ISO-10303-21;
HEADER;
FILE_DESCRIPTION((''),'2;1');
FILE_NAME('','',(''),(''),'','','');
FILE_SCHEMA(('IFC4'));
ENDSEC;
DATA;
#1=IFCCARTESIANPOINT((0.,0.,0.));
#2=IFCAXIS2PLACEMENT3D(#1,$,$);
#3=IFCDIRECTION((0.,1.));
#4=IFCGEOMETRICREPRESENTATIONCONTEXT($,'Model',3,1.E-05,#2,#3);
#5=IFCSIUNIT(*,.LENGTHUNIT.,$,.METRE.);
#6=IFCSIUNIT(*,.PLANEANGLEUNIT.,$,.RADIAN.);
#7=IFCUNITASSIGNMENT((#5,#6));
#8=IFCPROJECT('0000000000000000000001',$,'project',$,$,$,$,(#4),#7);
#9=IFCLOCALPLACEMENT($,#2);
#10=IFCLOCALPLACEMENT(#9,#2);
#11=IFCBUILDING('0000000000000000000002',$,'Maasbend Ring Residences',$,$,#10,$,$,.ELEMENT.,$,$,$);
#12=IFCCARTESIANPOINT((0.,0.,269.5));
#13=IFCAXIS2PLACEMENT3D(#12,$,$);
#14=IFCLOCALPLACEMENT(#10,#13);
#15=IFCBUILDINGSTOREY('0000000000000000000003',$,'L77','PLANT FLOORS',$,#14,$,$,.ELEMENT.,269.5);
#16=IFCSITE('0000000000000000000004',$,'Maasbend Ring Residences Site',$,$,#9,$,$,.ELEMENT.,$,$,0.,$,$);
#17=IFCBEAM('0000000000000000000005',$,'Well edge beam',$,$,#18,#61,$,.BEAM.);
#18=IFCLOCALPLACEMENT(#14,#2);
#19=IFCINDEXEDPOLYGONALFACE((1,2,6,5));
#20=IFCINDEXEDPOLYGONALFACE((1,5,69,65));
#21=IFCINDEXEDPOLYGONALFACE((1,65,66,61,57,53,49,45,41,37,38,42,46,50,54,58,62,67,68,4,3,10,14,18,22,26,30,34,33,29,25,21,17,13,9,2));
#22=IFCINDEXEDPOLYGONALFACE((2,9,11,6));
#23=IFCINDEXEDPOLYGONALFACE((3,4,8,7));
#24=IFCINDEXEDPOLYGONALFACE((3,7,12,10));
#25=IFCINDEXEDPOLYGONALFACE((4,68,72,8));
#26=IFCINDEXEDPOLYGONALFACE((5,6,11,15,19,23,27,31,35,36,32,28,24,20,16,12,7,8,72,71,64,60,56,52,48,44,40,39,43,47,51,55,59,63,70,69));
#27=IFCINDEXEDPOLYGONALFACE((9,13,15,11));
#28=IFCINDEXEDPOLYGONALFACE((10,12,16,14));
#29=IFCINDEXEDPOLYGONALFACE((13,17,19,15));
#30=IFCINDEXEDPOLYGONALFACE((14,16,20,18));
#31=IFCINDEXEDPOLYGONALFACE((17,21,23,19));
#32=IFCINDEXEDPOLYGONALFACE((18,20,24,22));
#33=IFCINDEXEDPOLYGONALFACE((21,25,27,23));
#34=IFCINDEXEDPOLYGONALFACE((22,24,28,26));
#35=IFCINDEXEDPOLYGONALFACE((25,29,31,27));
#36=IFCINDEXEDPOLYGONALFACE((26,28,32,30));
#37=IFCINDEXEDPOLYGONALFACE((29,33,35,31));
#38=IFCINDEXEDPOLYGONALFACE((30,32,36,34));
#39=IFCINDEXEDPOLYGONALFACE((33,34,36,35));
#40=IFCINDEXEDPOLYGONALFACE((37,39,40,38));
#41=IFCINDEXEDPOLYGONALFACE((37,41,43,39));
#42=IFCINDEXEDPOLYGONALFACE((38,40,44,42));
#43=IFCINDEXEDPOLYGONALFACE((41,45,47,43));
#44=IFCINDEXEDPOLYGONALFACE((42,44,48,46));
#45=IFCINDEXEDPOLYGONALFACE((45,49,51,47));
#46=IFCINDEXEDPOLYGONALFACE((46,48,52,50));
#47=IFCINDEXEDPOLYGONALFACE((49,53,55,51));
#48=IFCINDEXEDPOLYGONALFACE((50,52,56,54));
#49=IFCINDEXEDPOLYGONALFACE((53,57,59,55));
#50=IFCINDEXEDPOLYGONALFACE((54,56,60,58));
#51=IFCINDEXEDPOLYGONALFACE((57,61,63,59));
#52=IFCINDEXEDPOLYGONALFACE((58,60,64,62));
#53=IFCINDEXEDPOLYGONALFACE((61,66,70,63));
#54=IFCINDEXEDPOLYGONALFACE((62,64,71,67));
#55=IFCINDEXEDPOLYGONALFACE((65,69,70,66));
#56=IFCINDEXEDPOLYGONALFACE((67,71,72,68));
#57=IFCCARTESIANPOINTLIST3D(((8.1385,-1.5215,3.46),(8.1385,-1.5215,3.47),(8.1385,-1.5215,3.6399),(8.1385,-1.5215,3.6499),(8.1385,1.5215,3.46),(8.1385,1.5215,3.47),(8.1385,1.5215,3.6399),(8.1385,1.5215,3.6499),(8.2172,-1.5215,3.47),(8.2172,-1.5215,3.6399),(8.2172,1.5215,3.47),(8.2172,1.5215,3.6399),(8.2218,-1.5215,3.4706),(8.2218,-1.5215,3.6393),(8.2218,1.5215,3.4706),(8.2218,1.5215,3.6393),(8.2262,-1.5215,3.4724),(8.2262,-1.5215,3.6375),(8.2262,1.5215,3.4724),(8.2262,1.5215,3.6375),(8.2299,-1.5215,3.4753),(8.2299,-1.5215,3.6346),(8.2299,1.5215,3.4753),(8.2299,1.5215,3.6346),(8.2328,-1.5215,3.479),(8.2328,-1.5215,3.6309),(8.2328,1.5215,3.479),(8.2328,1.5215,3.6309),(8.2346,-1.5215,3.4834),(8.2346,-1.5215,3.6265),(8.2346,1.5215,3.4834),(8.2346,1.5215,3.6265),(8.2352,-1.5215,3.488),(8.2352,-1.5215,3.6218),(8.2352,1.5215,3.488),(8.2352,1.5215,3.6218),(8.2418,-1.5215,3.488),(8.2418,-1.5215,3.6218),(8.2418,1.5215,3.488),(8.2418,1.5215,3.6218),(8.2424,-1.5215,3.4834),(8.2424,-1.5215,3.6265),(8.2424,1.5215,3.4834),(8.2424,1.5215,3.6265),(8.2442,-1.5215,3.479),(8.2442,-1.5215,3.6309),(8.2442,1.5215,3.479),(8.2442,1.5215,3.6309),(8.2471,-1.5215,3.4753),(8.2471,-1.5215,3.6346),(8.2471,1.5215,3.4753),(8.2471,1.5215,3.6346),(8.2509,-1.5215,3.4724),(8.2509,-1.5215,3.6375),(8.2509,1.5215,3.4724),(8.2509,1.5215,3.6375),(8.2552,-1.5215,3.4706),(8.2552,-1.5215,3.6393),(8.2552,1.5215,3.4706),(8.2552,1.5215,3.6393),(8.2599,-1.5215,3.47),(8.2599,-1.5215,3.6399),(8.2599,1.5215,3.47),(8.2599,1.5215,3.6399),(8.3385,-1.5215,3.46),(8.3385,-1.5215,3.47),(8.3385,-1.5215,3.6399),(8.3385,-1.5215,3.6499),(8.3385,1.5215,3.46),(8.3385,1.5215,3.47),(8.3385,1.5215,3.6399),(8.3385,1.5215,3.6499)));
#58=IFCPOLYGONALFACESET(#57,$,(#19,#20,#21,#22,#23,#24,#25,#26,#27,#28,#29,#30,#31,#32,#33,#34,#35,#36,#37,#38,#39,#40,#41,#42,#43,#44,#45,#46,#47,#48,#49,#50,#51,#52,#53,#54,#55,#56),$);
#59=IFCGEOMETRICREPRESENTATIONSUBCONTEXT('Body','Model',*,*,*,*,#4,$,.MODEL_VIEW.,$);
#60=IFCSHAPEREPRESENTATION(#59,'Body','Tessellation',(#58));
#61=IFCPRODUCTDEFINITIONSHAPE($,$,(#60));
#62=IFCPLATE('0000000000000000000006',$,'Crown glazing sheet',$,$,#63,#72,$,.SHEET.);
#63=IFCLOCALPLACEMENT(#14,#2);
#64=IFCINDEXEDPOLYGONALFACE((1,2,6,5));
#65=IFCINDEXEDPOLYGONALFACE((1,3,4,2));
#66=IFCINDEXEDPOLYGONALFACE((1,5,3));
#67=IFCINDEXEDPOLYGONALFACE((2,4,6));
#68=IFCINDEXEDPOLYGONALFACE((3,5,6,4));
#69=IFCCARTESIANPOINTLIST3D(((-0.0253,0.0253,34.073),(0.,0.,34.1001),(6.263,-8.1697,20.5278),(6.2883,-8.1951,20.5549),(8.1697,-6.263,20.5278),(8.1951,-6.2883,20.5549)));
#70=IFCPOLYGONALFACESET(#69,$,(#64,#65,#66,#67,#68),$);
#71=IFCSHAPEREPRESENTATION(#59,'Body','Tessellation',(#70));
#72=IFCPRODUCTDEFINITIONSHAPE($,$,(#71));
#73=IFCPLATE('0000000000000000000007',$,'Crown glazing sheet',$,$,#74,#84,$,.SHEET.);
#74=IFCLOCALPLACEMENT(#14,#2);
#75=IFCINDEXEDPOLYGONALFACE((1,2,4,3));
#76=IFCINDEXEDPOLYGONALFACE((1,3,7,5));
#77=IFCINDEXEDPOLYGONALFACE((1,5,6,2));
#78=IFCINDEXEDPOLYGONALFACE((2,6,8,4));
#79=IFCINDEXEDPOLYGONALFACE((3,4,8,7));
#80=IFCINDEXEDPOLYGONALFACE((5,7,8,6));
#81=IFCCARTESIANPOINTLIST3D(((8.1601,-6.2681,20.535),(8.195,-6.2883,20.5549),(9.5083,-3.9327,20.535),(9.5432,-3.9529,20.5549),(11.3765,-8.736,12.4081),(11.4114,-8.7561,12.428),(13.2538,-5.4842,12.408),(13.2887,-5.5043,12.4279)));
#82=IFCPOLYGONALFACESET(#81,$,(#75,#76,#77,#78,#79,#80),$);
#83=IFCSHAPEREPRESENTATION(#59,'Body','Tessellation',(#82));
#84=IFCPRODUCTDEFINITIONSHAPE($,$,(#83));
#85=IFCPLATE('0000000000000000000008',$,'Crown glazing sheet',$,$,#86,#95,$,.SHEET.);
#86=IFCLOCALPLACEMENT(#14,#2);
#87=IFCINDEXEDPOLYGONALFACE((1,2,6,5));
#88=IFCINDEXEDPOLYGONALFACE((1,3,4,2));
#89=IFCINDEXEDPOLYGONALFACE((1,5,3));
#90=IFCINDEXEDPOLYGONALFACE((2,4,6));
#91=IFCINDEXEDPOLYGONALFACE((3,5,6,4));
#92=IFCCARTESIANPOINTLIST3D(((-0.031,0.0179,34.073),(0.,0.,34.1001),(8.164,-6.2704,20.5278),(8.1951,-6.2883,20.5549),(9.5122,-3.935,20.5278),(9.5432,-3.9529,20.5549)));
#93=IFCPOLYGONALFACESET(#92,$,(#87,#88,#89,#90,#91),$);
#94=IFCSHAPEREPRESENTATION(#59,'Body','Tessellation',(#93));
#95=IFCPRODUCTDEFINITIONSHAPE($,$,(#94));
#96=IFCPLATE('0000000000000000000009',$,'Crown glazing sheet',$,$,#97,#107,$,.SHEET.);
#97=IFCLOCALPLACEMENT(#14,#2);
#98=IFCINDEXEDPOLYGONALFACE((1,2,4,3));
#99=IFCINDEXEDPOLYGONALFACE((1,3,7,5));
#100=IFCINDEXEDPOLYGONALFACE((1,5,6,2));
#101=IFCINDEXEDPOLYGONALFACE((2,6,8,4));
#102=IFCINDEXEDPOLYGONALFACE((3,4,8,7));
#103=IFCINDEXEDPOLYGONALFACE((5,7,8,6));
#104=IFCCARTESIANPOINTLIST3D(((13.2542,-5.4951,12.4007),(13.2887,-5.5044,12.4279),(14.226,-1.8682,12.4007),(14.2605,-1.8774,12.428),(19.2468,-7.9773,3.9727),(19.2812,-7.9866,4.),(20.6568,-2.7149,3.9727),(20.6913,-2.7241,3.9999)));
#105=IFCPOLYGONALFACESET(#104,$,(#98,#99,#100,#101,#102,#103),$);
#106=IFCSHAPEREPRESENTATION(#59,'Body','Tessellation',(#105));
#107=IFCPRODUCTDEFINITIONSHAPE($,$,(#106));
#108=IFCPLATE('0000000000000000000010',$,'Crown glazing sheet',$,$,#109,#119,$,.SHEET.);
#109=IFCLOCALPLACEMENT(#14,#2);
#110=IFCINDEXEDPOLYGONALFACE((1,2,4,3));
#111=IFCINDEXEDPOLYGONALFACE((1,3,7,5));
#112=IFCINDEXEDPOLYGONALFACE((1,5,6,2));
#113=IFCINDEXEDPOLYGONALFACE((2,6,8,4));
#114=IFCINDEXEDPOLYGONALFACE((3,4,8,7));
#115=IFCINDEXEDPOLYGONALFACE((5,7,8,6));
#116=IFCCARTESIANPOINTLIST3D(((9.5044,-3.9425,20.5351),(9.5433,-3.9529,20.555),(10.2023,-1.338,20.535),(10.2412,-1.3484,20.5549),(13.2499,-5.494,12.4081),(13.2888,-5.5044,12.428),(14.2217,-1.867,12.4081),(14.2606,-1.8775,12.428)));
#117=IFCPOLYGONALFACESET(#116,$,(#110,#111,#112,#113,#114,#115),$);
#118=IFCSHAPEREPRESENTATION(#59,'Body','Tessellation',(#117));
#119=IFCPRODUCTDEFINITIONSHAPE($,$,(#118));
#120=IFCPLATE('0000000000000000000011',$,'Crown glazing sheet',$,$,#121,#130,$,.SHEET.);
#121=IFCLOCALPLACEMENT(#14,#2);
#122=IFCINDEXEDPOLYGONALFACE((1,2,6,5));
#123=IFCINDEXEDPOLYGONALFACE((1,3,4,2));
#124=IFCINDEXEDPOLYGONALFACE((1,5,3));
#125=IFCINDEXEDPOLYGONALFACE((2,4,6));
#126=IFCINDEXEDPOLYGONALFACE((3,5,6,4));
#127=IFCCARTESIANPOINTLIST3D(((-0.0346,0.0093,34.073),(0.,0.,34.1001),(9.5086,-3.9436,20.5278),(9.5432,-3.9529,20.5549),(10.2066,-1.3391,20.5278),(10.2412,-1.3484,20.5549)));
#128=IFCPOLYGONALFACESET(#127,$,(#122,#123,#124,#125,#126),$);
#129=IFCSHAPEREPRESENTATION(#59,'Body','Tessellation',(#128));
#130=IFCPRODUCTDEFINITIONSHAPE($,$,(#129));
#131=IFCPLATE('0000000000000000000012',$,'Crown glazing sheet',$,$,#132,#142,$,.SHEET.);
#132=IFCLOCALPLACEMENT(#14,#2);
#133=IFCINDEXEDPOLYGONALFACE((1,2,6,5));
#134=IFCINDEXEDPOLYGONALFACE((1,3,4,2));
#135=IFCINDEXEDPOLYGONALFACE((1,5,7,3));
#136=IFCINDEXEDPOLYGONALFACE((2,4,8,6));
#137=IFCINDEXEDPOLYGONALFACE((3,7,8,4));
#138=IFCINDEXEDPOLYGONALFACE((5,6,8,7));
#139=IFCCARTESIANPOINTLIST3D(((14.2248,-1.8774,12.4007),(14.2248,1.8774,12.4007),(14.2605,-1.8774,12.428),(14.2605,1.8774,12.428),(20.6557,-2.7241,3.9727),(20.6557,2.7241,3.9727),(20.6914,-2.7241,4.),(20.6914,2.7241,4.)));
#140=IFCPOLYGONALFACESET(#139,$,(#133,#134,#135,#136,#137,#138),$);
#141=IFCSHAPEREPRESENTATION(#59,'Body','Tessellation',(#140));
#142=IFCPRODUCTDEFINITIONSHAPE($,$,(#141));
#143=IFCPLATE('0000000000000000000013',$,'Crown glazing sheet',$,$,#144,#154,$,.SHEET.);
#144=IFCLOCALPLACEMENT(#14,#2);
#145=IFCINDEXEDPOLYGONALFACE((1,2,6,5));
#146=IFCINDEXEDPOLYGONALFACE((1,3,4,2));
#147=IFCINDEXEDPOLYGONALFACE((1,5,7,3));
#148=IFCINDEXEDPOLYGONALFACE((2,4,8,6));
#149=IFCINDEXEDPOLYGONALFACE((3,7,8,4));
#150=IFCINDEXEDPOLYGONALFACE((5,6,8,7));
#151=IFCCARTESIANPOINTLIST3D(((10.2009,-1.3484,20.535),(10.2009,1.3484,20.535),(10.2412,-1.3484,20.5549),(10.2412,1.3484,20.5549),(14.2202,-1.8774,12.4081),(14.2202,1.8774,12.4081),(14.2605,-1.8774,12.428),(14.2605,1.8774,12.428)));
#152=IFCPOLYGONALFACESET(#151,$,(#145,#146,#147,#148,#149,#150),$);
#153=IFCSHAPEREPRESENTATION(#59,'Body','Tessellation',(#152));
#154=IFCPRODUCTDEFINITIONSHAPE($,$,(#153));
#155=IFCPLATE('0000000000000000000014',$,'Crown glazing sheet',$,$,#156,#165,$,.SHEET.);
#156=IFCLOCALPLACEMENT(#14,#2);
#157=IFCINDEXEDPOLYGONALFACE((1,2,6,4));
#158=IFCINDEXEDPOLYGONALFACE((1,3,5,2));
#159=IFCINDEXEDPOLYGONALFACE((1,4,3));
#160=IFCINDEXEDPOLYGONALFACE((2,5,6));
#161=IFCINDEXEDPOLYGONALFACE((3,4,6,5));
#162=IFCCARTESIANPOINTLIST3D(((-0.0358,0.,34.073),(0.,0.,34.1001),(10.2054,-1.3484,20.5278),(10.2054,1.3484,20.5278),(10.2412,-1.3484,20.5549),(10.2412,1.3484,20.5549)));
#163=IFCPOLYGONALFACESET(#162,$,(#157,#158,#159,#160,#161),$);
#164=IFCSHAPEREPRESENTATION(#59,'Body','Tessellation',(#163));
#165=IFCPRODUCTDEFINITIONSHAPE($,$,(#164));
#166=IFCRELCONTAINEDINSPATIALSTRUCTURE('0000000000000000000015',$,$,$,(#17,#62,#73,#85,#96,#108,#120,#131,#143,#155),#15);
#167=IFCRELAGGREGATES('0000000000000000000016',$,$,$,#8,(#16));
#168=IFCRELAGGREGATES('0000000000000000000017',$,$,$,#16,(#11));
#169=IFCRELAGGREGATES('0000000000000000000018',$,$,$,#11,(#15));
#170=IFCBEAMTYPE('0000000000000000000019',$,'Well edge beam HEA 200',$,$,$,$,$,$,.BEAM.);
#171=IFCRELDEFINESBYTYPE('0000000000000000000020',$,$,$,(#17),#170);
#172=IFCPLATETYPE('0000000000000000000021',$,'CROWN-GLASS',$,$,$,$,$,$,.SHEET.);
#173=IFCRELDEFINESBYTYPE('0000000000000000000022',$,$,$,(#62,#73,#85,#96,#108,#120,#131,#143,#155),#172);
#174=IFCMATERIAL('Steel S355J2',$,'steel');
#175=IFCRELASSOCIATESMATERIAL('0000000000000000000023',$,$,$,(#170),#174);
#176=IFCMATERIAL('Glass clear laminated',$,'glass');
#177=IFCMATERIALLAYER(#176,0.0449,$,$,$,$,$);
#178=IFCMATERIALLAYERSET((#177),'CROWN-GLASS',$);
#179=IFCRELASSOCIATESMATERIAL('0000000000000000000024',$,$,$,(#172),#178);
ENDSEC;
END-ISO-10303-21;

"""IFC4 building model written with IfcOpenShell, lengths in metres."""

from ifc_helpers import new_model, si_unit, direction, frame, origin, origin_2d, place, context, subcontext, project, spatial, polyline, i_section, outline, extrude, material, layer, layer_set, material_profile, profile_set, type_object, element, save


model = new_model("IFC4")

# Units and contexts
model_context = context("Model", 3, precision=1e-05, world=origin(), true_north=direction((0.0, 1.0)))
body_context = subcontext(model_context, "Body", "Model", "MODEL_VIEW")
ifc_project = project(units=[si_unit("LENGTHUNIT", "METRE"), si_unit("PLANEANGLEUNIT", "RADIAN")], contexts=[model_context])

# Site, building, storey
site_placement = place(None, origin())
site = spatial("IfcSite", under=ifc_project, at=site_placement, Name="Maasbend Ring Residences Site", CompositionType="ELEMENT", RefElevation=0.0)
building_placement = place(site_placement, origin())
building = spatial("IfcBuilding", under=site, at=building_placement, Name="Maasbend Ring Residences", CompositionType="ELEMENT")
storey_placement = place(building_placement, frame((0.0, 0.0, 269.5)))
storey = spatial("IfcBuildingStorey", under=building, at=storey_placement, Name="L77", Description="PLANT FLOORS", CompositionType="ELEMENT", Elevation=269.5)

# Beam
ifc_material_1 = material(Name="Steel S355J2", Category="steel")
ifc_material_profile_1 = material_profile(ifc_material_1, i_section(OverallWidth=0.2, OverallDepth=0.1899, WebThickness=0.0066, FlangeThickness=0.01, FilletRadius=0.0181, at=origin_2d()), Name="HEA 200")
ifc_profile_set_1 = profile_set([ifc_material_profile_1], Name="Steel S355J2")
beam_type = type_object("IfcBeamType", Name="Well edge beam HEA 200", PredefinedType="BEAM", material=ifc_profile_set_1)
for number, where, z_axis, x_axis, name in (
    (1, (8.2385, -1.5215, 3.5549), (0.0, 1.0, 0.0), (-1.0, 0.0, 0.0), "Well edge beam"),
):
    element("IfcBeam", number, at=place(storey_placement, frame(where, z_axis=z_axis, x_axis=x_axis)), inside=storey, type_object=beam_type, Name=name, PredefinedType="BEAM", context=body_context, shape_type="SweptSolid", body=[
        extrude(i_section(OverallWidth=0.2, OverallDepth=0.1899, WebThickness=0.0066, FlangeThickness=0.01, FilletRadius=0.0181, at=origin_2d()), origin(), (0.0, 0.0, 1.0), 3.043),
    ])

# Plates
ifc_material_2 = material(Name="Glass clear laminated", Category="glass")
ifc_layer_1 = layer(ifc_material_2, 0.0449)
ifc_layer_set_1 = layer_set([ifc_layer_1], Name="CROWN-GLASS")
plate_type = type_object("IfcPlateType", Name="CROWN-GLASS", PredefinedType="SHEET", material=ifc_layer_set_1)
plate_1_placement = place(storey_placement, frame((6.2883, -8.1951, 20.5549), z_axis=(0.564033, -0.564033, 0.603102), x_axis=(0.707107, 0.707107, 0.0)))
element("IfcPlate", 2, at=plate_1_placement, inside=storey, type_object=plate_type, Name="Crown glazing sheet", PredefinedType="SHEET", context=body_context, shape_type="SweptSolid", body=[
    extrude(outline(polyline([(0.0, 0.0), (2.6965, 0.0), (1.3483, 16.981), (0.0, 0.0)])), origin(), (0.0, 0.0, -1.0), 0.0449),
])
plate_2_placement = place(storey_placement, frame((11.4114, -8.7561, 12.428), z_axis=(0.776282, -0.448164, 0.443322), x_axis=(0.499988, 0.866033, -0.000015)))
element("IfcPlate", 3, at=plate_2_placement, inside=storey, type_object=plate_type, Name="Crown glazing sheet", PredefinedType="SHEET", context=body_context, shape_type="SweptSolid", body=[
    extrude(outline(polyline([(0.0, 0.0), (3.7548, 0.0), (3.2256, 9.0666), (0.5289, 9.0665), (0.0, 0.0)])), origin(), (0.0, 0.0, -1.0), 0.0449),
])
plate_3_placement = place(storey_placement, frame((8.1951, -6.2883, 20.5549), z_axis=(0.690829, -0.398783, 0.603098), x_axis=(0.499937, 0.866062, 0.0)))
element("IfcPlate", 4, at=plate_3_placement, inside=storey, type_object=plate_type, Name="Crown glazing sheet", PredefinedType="SHEET", context=body_context, shape_type="SweptSolid", body=[
    extrude(outline(polyline([(0.0, 0.0), (2.6966, 0.0), (1.3491, 16.981), (0.0, 0.0)])), origin(), (0.0, 0.0, -1.0), 0.0449),
])
plate_4_placement = place(storey_placement, frame((19.2812, -7.9866, 4.0), z_axis=(0.767913, -0.205755, 0.606609), x_axis=(0.25882, 0.965926, -0.000011)))
element("IfcPlate", 5, at=plate_4_placement, inside=storey, type_object=plate_type, Name="Crown glazing sheet", PredefinedType="SHEET", context=body_context, shape_type="SweptSolid", body=[
    extrude(outline(polyline([(0.0, 0.0), (5.4481, 0.0), (4.6014, 10.6013), (0.8465, 10.6012), (0.0, 0.0)])), origin(), (0.0, 0.0, -1.0), 0.0449),
])
plate_5_placement = place(storey_placement, frame((13.2888, -5.5044, 12.428), z_axis=(0.865822, -0.231992, 0.44332), x_axis=(0.258807, 0.965929, 0.000014)))
element("IfcPlate", 6, at=plate_5_placement, inside=storey, type_object=plate_type, Name="Crown glazing sheet", PredefinedType="SHEET", context=body_context, shape_type="SweptSolid", body=[
    extrude(outline(polyline([(0.0, 0.0), (3.7549, 0.0), (3.2258, 9.0665), (0.5294, 9.0666), (0.0, 0.0)])), origin(), (0.0, 0.0, -1.0), 0.0449),
])
plate_6_placement = place(storey_placement, frame((9.5432, -3.9529, 20.5549), z_axis=(0.770478, -0.206486, 0.603097), x_axis=(0.258863, 0.965914, 0.0)))
element("IfcPlate", 7, at=plate_6_placement, inside=storey, type_object=plate_type, Name="Crown glazing sheet", PredefinedType="SHEET", context=body_context, shape_type="SweptSolid", body=[
    extrude(outline(polyline([(0.0, 0.0), (2.6964, 0.0), (1.3478, 16.981), (0.0, 0.0)])), origin(), (0.0, 0.0, -1.0), 0.0449),
])
plate_7_placement = place(storey_placement, frame((20.6914, -2.7241, 4.0), z_axis=(0.794995, 0.0, 0.606615), x_axis=(0.0, 1.0, 0.0)))
element("IfcPlate", 8, at=plate_7_placement, inside=storey, type_object=plate_type, Name="Crown glazing sheet", PredefinedType="SHEET", context=body_context, shape_type="SweptSolid", body=[
    extrude(outline(polyline([(0.0, 0.0), (5.4482, 0.0), (4.6016, 10.6013), (0.8467, 10.6013), (0.0, 0.0)])), origin(), (0.0, 0.0, -1.0), 0.0449),
])
plate_8_placement = place(storey_placement, frame((14.2605, -1.8774, 12.428), z_axis=(0.896368, 0.0, 0.44331), x_axis=(0.0, 1.0, 0.0)))
element("IfcPlate", 9, at=plate_8_placement, inside=storey, type_object=plate_type, Name="Crown glazing sheet", PredefinedType="SHEET", context=body_context, shape_type="SweptSolid", body=[
    extrude(outline(polyline([(0.0, 0.0), (3.7549, 0.0), (3.2258, 9.0665), (0.5291, 9.0665), (0.0, 0.0)])), origin(), (0.0, 0.0, -1.0), 0.0449),
])
plate_9_placement = place(storey_placement, frame((10.2412, -1.3484, 20.5549), z_axis=(0.797667, 0.0, 0.603099), x_axis=(0.0, 1.0, 0.0)))
element("IfcPlate", 10, at=plate_9_placement, inside=storey, type_object=plate_type, Name="Crown glazing sheet", PredefinedType="SHEET", context=body_context, shape_type="SweptSolid", body=[
    extrude(outline(polyline([(0.0, 0.0), (2.6968, 0.0), (1.3484, 16.981), (0.0, 0.0)])), origin(), (0.0, 0.0, -1.0), 0.0449),
])

save(model, "model.ifc")
